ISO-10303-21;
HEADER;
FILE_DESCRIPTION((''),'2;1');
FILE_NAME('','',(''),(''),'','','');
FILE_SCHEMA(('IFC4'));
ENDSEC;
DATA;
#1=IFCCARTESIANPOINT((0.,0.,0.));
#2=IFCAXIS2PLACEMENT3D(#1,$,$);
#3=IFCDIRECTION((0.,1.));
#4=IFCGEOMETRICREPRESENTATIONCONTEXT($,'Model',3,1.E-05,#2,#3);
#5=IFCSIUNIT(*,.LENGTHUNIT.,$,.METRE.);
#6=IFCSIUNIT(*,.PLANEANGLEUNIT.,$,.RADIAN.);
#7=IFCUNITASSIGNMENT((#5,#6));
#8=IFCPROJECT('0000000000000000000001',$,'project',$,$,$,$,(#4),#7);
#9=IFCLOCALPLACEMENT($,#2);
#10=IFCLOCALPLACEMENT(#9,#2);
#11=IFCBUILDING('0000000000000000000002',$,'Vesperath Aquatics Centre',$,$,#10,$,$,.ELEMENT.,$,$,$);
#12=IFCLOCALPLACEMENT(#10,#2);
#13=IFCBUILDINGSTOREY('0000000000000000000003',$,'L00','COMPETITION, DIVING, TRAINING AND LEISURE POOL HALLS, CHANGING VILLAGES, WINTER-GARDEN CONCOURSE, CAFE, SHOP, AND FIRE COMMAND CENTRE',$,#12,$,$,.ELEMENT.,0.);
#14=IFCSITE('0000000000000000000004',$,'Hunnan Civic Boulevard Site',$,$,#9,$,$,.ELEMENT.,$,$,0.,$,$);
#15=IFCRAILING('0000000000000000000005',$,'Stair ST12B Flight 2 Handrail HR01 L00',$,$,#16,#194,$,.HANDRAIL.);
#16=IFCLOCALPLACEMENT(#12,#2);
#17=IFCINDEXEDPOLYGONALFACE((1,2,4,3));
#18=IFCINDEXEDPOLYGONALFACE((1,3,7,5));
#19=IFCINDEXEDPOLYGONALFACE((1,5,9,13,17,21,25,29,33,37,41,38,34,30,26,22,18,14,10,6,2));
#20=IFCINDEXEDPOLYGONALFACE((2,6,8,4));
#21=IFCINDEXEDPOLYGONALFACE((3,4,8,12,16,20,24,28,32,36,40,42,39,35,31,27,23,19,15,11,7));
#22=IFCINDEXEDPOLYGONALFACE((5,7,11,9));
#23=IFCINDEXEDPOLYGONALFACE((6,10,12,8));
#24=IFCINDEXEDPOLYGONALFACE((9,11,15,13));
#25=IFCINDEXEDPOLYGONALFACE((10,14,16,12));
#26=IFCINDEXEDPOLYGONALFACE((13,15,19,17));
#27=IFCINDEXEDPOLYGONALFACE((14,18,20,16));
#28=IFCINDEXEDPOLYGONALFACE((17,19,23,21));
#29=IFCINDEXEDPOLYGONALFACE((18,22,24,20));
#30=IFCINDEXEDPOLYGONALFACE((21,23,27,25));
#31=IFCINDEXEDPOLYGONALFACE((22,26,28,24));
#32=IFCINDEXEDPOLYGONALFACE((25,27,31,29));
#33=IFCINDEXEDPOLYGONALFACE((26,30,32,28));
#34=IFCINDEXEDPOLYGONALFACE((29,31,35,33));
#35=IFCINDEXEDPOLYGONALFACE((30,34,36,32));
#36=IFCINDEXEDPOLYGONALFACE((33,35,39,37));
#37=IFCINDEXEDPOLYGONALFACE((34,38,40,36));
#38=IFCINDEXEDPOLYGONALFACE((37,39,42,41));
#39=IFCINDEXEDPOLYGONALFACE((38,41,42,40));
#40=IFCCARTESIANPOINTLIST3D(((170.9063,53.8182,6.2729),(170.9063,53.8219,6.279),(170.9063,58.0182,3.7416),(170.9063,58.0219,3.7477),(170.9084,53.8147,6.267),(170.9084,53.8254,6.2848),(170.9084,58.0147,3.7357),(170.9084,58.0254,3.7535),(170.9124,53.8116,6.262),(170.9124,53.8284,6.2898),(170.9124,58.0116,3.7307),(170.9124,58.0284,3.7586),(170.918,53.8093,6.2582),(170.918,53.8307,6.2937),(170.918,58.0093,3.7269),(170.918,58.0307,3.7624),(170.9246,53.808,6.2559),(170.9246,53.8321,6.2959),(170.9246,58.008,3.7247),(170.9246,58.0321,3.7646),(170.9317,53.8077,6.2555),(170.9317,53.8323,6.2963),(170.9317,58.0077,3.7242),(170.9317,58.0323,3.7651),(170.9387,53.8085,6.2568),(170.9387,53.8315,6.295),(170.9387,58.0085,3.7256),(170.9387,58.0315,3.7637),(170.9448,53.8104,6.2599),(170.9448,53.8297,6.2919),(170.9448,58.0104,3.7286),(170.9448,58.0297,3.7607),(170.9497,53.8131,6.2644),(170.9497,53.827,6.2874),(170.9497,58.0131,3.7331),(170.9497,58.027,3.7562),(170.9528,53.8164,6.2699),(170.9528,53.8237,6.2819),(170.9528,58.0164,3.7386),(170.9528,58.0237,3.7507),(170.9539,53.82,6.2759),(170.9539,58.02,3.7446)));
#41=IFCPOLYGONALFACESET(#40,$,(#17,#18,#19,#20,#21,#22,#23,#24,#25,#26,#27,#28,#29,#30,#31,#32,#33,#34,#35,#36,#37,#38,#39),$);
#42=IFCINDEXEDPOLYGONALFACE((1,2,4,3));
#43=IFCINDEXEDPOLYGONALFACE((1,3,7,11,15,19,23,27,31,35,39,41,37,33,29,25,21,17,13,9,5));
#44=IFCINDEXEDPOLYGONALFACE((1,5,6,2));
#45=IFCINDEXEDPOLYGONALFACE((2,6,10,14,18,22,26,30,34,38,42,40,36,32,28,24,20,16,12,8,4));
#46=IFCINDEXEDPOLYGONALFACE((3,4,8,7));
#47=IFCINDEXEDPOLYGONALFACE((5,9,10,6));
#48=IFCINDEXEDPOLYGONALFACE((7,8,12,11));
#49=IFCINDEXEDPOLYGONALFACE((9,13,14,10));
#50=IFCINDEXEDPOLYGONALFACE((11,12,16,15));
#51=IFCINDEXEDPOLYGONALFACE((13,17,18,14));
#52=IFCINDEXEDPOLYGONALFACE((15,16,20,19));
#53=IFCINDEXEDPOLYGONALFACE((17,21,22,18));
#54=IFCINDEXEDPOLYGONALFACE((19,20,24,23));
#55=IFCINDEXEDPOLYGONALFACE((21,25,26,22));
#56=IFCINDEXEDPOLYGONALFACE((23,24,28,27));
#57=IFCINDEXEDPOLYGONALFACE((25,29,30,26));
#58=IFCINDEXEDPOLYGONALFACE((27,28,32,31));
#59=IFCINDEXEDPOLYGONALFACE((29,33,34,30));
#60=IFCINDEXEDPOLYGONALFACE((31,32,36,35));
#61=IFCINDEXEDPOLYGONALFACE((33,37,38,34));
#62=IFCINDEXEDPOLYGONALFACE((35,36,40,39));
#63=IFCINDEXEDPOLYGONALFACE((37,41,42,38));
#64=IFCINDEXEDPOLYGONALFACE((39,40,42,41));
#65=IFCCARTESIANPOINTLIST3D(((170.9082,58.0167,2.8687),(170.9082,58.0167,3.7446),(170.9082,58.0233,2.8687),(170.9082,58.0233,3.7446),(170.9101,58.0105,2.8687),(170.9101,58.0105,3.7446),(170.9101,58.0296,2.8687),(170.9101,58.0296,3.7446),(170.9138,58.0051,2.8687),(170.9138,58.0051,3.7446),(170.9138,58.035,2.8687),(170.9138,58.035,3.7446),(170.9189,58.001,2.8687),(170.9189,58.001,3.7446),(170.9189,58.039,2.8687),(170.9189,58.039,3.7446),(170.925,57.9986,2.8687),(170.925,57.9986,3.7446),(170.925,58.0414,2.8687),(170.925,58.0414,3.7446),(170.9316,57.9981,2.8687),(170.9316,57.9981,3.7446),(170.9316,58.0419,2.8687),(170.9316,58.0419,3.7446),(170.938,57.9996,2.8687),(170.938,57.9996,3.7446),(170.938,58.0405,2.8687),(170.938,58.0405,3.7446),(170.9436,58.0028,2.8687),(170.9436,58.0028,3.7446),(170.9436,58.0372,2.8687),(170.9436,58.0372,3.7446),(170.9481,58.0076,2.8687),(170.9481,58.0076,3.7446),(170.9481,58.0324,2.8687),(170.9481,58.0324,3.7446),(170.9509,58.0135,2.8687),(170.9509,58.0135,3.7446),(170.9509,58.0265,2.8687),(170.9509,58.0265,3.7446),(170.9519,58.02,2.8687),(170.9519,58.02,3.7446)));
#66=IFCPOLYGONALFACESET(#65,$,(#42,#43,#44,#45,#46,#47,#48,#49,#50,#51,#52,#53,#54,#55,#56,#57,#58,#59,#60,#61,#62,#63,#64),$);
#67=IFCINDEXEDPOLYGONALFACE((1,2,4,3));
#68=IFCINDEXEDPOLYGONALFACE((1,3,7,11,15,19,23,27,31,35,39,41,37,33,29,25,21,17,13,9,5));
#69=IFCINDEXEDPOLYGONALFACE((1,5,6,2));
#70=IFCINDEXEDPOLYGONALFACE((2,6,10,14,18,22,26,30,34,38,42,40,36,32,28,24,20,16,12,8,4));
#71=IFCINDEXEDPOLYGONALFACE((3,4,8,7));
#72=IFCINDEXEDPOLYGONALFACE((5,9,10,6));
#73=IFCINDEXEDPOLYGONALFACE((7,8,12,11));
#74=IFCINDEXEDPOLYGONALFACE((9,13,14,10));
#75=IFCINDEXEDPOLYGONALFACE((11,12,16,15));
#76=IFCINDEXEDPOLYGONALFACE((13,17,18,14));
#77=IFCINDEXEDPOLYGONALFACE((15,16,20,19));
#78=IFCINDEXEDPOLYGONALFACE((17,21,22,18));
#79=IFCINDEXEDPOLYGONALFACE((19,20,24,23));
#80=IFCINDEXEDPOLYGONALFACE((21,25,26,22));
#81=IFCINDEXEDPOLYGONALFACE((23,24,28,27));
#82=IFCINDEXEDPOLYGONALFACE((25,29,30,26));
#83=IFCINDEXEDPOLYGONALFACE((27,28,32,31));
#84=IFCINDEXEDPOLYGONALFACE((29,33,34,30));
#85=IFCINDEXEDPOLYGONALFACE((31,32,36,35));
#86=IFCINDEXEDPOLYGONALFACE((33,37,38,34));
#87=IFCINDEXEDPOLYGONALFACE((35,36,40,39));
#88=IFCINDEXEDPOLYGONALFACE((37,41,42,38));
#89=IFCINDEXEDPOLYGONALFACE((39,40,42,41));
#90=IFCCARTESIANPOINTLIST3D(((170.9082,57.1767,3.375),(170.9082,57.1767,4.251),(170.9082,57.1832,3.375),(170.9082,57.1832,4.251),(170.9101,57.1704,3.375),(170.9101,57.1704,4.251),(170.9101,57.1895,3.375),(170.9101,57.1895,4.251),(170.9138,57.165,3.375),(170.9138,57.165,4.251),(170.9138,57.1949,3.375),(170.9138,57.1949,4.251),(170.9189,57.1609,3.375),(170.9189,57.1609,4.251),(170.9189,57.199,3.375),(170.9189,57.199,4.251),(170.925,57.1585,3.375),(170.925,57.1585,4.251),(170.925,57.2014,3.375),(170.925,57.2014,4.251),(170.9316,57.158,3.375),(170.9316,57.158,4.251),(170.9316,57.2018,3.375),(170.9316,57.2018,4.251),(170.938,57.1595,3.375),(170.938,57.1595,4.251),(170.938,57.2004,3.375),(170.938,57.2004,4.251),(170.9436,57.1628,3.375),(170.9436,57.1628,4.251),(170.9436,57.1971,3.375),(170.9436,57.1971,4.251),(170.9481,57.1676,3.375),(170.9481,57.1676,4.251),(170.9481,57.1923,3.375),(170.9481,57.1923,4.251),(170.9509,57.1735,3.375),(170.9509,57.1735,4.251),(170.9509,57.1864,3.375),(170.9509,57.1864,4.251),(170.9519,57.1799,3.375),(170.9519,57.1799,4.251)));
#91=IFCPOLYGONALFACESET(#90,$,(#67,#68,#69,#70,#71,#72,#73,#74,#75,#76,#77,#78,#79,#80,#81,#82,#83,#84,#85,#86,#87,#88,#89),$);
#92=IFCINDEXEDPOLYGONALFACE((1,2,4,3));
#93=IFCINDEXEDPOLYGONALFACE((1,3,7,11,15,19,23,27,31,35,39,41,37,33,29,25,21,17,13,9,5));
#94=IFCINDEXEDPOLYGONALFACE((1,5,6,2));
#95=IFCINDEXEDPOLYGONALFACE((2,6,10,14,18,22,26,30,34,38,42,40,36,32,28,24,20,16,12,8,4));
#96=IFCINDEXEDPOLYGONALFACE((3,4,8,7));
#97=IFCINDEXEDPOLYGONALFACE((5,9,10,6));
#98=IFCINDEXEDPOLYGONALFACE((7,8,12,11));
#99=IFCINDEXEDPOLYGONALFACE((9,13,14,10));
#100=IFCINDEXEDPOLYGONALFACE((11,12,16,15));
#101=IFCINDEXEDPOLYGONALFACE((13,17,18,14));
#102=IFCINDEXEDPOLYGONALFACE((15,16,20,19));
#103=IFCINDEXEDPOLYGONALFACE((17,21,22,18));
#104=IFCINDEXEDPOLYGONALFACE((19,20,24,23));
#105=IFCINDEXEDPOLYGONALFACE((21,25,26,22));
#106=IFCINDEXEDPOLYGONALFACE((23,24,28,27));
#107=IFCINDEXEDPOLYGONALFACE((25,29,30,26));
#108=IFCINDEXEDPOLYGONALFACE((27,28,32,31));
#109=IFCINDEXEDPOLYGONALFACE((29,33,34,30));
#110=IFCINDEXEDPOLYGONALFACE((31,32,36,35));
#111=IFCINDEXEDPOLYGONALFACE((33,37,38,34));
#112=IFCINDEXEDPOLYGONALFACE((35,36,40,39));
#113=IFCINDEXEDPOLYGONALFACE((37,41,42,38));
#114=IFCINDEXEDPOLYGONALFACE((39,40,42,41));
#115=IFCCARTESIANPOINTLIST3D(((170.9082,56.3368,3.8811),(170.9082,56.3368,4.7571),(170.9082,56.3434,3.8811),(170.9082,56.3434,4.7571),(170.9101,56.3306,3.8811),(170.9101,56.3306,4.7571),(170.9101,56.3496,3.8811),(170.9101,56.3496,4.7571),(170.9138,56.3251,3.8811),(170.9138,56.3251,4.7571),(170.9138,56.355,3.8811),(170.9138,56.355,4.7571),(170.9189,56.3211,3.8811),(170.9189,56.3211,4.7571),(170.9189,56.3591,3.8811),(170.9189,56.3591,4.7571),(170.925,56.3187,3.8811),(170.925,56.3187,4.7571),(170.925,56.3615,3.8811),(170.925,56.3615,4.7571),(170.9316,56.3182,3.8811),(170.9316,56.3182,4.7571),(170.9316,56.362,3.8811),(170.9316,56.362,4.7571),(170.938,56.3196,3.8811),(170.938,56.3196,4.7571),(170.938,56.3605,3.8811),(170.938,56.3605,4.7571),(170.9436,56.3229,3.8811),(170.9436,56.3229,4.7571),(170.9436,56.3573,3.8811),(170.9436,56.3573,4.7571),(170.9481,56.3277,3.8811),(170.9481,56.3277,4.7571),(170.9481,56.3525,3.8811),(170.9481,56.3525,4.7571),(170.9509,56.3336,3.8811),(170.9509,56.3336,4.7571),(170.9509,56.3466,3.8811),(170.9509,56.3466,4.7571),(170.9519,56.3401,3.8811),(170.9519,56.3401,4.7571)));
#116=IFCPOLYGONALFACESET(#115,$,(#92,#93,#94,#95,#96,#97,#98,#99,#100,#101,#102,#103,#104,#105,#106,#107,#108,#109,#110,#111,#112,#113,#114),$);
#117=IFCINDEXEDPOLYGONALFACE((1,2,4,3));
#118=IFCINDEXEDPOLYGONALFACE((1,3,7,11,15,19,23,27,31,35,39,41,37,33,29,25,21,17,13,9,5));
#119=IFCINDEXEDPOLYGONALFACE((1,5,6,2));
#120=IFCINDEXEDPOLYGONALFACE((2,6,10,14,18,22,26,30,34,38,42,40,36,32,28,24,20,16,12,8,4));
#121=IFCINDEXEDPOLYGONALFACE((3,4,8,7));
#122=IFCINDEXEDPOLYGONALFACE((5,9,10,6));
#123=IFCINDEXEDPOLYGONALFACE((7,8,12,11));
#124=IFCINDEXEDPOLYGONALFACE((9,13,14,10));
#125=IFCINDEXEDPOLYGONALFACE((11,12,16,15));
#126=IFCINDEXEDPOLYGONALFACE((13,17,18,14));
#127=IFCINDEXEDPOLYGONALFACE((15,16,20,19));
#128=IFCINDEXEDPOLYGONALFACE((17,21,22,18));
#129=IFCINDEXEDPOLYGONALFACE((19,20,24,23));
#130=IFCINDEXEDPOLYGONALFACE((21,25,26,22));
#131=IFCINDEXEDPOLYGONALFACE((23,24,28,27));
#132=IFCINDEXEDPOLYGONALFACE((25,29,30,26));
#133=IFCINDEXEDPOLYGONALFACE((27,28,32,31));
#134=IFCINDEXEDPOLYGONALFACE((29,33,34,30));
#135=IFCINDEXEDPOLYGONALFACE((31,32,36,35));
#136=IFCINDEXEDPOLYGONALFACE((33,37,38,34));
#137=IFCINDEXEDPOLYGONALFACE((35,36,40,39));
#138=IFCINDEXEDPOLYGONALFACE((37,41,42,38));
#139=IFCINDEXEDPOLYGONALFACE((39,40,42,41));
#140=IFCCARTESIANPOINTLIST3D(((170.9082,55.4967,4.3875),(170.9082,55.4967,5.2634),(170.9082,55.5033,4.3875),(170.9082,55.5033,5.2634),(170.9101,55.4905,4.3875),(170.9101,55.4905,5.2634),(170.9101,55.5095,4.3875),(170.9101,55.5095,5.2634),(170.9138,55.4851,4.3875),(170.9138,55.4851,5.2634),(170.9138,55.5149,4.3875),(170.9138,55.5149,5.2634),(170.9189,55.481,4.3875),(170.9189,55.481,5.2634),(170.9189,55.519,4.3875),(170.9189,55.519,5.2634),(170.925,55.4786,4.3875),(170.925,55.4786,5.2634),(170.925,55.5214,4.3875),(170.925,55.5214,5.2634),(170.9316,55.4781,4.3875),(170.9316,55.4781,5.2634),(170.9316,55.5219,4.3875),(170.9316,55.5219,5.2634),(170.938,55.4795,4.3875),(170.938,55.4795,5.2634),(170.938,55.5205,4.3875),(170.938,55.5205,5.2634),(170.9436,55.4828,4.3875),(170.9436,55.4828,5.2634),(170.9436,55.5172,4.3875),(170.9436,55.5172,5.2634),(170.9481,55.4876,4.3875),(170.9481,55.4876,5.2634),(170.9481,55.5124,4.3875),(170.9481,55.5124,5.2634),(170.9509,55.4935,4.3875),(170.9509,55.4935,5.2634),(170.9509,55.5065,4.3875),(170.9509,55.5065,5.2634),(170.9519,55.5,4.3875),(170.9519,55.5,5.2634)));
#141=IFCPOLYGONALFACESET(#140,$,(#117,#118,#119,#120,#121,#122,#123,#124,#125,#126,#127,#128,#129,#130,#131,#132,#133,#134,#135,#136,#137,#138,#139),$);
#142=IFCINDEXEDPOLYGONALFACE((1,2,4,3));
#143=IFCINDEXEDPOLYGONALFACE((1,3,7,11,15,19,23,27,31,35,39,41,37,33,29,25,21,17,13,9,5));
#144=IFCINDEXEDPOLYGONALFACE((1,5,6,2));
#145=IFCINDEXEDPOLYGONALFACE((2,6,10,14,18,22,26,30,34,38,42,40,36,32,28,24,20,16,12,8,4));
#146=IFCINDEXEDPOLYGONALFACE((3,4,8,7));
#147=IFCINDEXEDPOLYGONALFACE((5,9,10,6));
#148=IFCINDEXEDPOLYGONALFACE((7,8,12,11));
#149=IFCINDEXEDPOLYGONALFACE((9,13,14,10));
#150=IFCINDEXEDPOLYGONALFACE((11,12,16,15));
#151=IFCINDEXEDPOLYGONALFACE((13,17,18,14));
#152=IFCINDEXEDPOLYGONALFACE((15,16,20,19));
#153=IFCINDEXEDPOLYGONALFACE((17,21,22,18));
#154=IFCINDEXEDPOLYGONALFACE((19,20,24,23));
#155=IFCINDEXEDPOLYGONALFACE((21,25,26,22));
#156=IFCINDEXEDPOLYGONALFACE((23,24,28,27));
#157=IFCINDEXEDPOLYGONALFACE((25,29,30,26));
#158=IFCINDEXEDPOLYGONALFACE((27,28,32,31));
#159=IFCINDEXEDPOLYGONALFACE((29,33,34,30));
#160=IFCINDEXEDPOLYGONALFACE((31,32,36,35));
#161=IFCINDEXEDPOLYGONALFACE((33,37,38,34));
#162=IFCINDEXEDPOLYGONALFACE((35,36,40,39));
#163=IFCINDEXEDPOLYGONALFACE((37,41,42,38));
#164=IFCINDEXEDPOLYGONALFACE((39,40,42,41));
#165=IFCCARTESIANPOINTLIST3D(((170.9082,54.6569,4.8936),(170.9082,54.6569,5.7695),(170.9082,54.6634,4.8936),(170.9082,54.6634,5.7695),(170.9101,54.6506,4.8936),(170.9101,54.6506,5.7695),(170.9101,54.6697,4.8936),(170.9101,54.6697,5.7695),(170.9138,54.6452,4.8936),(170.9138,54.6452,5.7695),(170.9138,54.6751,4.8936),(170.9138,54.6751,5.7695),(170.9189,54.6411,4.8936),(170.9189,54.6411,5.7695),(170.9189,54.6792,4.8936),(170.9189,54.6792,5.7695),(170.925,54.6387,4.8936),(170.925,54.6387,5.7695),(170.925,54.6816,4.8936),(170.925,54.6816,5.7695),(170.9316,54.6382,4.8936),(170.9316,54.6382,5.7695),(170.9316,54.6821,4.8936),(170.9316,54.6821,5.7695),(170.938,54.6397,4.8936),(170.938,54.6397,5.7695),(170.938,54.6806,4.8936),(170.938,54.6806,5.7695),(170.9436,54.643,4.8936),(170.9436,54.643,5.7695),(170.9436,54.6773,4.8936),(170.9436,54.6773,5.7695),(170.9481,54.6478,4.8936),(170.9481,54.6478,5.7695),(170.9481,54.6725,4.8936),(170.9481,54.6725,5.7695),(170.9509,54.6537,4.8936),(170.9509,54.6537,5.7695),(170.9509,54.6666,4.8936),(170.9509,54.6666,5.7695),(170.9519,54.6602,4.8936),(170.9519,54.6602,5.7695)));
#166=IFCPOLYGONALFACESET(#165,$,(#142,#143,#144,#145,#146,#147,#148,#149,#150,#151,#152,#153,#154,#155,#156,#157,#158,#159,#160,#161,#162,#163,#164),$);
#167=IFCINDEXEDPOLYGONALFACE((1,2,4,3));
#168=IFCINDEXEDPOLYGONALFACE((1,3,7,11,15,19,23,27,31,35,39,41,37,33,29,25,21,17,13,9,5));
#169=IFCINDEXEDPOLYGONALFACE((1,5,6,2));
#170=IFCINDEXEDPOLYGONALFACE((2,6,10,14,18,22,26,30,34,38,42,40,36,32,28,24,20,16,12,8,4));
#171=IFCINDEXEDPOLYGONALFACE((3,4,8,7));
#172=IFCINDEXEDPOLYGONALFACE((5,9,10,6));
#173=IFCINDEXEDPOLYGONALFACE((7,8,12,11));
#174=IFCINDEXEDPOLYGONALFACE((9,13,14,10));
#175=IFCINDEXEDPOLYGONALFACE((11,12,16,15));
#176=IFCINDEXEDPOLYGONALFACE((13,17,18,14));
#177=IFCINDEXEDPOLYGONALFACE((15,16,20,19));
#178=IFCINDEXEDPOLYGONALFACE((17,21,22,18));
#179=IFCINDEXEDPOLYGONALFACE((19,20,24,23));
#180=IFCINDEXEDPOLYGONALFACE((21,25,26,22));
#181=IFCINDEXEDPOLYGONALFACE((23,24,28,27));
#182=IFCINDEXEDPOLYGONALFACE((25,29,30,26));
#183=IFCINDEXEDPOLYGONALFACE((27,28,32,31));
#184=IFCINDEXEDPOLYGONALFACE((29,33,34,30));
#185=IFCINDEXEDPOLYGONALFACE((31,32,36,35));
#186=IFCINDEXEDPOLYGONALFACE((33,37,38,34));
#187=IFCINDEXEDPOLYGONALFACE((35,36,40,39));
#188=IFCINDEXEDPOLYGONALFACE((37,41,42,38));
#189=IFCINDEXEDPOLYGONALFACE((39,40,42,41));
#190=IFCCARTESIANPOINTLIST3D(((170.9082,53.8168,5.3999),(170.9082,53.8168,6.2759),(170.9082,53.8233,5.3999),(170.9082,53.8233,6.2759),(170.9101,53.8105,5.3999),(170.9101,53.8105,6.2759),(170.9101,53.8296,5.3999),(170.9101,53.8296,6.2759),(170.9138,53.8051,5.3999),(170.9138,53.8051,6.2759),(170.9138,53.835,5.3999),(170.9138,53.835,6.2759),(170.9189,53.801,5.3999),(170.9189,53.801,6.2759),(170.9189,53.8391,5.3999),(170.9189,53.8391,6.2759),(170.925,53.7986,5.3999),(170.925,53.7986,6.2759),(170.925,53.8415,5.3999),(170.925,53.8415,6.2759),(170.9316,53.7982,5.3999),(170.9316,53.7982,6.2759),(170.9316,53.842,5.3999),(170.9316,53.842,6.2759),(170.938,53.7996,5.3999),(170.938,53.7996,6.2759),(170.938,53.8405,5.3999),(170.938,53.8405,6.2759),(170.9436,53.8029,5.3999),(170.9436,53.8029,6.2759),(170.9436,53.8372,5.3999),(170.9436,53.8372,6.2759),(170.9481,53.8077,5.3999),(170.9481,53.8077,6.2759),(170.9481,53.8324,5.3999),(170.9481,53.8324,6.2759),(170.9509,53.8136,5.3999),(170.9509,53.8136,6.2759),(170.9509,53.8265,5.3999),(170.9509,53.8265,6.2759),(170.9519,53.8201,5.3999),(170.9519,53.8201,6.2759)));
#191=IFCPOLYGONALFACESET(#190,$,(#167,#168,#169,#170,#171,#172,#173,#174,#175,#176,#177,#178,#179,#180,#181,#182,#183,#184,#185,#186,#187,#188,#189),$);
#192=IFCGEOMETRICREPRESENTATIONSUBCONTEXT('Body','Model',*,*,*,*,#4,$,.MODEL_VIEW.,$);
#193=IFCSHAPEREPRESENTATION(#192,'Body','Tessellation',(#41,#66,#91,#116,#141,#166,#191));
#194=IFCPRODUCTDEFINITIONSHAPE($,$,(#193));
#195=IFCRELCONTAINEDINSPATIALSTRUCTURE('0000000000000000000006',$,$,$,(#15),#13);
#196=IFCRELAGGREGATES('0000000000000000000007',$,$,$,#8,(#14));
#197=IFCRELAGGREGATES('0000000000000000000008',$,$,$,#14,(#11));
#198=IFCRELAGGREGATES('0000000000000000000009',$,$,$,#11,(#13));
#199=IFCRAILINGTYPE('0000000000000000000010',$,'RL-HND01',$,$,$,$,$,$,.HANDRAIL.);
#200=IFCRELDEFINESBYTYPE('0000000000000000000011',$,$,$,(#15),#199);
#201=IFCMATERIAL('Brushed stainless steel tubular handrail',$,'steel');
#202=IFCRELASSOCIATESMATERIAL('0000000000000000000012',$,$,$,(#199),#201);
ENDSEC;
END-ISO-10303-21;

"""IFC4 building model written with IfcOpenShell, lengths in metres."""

from ifc_helpers import new_model, si_unit, direction, frame, origin, origin_2d, place, context, subcontext, project, spatial, circle, extrude, material, type_object, element, save


model = new_model("IFC4")

# Units and contexts
model_context = context("Model", 3, precision=1e-05, world=origin(), true_north=direction((0.0, 1.0)))
body_context = subcontext(model_context, "Body", "Model", "MODEL_VIEW")
ifc_project = project(units=[si_unit("LENGTHUNIT", "METRE"), si_unit("PLANEANGLEUNIT", "RADIAN")], contexts=[model_context])

# Site, building, storey
site_placement = place(None, origin())
site = spatial("IfcSite", under=ifc_project, at=site_placement, Name="Hunnan Civic Boulevard Site", CompositionType="ELEMENT", RefElevation=0.0)
building_placement = place(site_placement, origin())
building = spatial("IfcBuilding", under=site, at=building_placement, Name="Vesperath Aquatics Centre", CompositionType="ELEMENT")
storey_placement = place(building_placement, origin())
storey = spatial("IfcBuildingStorey", under=building, at=storey_placement, Name="L00", Description="COMPETITION, DIVING, TRAINING AND LEISURE POOL HALLS, CHANGING VILLAGES, WINTER-GARDEN CONCOURSE, CAFE, SHOP, AND FIRE COMMAND CENTRE", CompositionType="ELEMENT", Elevation=0.0)

# Railing
ifc_material_1 = material(Name="Brushed stainless steel tubular handrail", Category="steel")
railing_type_1 = type_object("IfcRailingType", Name="RL-HND01", PredefinedType="HANDRAIL", material=ifc_material_1)
railing_1_placement = place(storey_placement, frame((170.9299, 58.02, 2.8687)))
element("IfcRailing", 1, at=railing_1_placement, inside=storey, type_object=railing_type_1, Name="Stair ST12B Flight 2 Handrail HR01 L00", PredefinedType="HANDRAIL", context=body_context, shape_type="SweptSolid", body=[
    extrude(circle(Radius=0.0239, at=origin_2d()), frame((0.0, 0.0, 0.876), z_axis=(0.0, -0.856476, 0.516186), x_axis=(1.0, 0.0, 0.0)), (0.0, 0.0, 1.0), 4.9038),
    extrude(circle(Radius=0.022, at=origin_2d()), origin(), (0.0, 0.0, 1.0), 0.876),
    extrude(circle(Radius=0.022, at=origin_2d()), frame((0.0, -0.8401, 0.5063)), (0.0, 0.0, 1.0), 0.876),
    extrude(circle(Radius=0.022, at=origin_2d()), frame((0.0, -1.6799, 1.0125)), (0.0, 0.0, 1.0), 0.876),
    extrude(circle(Radius=0.022, at=origin_2d()), frame((0.0, -2.52, 1.5188)), (0.0, 0.0, 1.0), 0.876),
    extrude(circle(Radius=0.022, at=origin_2d()), frame((0.0, -3.3599, 2.0249)), (0.0, 0.0, 1.0), 0.876),
    extrude(circle(Radius=0.022, at=origin_2d()), frame((0.0, -4.2, 2.5312)), (0.0, 0.0, 1.0), 0.876),
])

save(model, "model.ifc")
